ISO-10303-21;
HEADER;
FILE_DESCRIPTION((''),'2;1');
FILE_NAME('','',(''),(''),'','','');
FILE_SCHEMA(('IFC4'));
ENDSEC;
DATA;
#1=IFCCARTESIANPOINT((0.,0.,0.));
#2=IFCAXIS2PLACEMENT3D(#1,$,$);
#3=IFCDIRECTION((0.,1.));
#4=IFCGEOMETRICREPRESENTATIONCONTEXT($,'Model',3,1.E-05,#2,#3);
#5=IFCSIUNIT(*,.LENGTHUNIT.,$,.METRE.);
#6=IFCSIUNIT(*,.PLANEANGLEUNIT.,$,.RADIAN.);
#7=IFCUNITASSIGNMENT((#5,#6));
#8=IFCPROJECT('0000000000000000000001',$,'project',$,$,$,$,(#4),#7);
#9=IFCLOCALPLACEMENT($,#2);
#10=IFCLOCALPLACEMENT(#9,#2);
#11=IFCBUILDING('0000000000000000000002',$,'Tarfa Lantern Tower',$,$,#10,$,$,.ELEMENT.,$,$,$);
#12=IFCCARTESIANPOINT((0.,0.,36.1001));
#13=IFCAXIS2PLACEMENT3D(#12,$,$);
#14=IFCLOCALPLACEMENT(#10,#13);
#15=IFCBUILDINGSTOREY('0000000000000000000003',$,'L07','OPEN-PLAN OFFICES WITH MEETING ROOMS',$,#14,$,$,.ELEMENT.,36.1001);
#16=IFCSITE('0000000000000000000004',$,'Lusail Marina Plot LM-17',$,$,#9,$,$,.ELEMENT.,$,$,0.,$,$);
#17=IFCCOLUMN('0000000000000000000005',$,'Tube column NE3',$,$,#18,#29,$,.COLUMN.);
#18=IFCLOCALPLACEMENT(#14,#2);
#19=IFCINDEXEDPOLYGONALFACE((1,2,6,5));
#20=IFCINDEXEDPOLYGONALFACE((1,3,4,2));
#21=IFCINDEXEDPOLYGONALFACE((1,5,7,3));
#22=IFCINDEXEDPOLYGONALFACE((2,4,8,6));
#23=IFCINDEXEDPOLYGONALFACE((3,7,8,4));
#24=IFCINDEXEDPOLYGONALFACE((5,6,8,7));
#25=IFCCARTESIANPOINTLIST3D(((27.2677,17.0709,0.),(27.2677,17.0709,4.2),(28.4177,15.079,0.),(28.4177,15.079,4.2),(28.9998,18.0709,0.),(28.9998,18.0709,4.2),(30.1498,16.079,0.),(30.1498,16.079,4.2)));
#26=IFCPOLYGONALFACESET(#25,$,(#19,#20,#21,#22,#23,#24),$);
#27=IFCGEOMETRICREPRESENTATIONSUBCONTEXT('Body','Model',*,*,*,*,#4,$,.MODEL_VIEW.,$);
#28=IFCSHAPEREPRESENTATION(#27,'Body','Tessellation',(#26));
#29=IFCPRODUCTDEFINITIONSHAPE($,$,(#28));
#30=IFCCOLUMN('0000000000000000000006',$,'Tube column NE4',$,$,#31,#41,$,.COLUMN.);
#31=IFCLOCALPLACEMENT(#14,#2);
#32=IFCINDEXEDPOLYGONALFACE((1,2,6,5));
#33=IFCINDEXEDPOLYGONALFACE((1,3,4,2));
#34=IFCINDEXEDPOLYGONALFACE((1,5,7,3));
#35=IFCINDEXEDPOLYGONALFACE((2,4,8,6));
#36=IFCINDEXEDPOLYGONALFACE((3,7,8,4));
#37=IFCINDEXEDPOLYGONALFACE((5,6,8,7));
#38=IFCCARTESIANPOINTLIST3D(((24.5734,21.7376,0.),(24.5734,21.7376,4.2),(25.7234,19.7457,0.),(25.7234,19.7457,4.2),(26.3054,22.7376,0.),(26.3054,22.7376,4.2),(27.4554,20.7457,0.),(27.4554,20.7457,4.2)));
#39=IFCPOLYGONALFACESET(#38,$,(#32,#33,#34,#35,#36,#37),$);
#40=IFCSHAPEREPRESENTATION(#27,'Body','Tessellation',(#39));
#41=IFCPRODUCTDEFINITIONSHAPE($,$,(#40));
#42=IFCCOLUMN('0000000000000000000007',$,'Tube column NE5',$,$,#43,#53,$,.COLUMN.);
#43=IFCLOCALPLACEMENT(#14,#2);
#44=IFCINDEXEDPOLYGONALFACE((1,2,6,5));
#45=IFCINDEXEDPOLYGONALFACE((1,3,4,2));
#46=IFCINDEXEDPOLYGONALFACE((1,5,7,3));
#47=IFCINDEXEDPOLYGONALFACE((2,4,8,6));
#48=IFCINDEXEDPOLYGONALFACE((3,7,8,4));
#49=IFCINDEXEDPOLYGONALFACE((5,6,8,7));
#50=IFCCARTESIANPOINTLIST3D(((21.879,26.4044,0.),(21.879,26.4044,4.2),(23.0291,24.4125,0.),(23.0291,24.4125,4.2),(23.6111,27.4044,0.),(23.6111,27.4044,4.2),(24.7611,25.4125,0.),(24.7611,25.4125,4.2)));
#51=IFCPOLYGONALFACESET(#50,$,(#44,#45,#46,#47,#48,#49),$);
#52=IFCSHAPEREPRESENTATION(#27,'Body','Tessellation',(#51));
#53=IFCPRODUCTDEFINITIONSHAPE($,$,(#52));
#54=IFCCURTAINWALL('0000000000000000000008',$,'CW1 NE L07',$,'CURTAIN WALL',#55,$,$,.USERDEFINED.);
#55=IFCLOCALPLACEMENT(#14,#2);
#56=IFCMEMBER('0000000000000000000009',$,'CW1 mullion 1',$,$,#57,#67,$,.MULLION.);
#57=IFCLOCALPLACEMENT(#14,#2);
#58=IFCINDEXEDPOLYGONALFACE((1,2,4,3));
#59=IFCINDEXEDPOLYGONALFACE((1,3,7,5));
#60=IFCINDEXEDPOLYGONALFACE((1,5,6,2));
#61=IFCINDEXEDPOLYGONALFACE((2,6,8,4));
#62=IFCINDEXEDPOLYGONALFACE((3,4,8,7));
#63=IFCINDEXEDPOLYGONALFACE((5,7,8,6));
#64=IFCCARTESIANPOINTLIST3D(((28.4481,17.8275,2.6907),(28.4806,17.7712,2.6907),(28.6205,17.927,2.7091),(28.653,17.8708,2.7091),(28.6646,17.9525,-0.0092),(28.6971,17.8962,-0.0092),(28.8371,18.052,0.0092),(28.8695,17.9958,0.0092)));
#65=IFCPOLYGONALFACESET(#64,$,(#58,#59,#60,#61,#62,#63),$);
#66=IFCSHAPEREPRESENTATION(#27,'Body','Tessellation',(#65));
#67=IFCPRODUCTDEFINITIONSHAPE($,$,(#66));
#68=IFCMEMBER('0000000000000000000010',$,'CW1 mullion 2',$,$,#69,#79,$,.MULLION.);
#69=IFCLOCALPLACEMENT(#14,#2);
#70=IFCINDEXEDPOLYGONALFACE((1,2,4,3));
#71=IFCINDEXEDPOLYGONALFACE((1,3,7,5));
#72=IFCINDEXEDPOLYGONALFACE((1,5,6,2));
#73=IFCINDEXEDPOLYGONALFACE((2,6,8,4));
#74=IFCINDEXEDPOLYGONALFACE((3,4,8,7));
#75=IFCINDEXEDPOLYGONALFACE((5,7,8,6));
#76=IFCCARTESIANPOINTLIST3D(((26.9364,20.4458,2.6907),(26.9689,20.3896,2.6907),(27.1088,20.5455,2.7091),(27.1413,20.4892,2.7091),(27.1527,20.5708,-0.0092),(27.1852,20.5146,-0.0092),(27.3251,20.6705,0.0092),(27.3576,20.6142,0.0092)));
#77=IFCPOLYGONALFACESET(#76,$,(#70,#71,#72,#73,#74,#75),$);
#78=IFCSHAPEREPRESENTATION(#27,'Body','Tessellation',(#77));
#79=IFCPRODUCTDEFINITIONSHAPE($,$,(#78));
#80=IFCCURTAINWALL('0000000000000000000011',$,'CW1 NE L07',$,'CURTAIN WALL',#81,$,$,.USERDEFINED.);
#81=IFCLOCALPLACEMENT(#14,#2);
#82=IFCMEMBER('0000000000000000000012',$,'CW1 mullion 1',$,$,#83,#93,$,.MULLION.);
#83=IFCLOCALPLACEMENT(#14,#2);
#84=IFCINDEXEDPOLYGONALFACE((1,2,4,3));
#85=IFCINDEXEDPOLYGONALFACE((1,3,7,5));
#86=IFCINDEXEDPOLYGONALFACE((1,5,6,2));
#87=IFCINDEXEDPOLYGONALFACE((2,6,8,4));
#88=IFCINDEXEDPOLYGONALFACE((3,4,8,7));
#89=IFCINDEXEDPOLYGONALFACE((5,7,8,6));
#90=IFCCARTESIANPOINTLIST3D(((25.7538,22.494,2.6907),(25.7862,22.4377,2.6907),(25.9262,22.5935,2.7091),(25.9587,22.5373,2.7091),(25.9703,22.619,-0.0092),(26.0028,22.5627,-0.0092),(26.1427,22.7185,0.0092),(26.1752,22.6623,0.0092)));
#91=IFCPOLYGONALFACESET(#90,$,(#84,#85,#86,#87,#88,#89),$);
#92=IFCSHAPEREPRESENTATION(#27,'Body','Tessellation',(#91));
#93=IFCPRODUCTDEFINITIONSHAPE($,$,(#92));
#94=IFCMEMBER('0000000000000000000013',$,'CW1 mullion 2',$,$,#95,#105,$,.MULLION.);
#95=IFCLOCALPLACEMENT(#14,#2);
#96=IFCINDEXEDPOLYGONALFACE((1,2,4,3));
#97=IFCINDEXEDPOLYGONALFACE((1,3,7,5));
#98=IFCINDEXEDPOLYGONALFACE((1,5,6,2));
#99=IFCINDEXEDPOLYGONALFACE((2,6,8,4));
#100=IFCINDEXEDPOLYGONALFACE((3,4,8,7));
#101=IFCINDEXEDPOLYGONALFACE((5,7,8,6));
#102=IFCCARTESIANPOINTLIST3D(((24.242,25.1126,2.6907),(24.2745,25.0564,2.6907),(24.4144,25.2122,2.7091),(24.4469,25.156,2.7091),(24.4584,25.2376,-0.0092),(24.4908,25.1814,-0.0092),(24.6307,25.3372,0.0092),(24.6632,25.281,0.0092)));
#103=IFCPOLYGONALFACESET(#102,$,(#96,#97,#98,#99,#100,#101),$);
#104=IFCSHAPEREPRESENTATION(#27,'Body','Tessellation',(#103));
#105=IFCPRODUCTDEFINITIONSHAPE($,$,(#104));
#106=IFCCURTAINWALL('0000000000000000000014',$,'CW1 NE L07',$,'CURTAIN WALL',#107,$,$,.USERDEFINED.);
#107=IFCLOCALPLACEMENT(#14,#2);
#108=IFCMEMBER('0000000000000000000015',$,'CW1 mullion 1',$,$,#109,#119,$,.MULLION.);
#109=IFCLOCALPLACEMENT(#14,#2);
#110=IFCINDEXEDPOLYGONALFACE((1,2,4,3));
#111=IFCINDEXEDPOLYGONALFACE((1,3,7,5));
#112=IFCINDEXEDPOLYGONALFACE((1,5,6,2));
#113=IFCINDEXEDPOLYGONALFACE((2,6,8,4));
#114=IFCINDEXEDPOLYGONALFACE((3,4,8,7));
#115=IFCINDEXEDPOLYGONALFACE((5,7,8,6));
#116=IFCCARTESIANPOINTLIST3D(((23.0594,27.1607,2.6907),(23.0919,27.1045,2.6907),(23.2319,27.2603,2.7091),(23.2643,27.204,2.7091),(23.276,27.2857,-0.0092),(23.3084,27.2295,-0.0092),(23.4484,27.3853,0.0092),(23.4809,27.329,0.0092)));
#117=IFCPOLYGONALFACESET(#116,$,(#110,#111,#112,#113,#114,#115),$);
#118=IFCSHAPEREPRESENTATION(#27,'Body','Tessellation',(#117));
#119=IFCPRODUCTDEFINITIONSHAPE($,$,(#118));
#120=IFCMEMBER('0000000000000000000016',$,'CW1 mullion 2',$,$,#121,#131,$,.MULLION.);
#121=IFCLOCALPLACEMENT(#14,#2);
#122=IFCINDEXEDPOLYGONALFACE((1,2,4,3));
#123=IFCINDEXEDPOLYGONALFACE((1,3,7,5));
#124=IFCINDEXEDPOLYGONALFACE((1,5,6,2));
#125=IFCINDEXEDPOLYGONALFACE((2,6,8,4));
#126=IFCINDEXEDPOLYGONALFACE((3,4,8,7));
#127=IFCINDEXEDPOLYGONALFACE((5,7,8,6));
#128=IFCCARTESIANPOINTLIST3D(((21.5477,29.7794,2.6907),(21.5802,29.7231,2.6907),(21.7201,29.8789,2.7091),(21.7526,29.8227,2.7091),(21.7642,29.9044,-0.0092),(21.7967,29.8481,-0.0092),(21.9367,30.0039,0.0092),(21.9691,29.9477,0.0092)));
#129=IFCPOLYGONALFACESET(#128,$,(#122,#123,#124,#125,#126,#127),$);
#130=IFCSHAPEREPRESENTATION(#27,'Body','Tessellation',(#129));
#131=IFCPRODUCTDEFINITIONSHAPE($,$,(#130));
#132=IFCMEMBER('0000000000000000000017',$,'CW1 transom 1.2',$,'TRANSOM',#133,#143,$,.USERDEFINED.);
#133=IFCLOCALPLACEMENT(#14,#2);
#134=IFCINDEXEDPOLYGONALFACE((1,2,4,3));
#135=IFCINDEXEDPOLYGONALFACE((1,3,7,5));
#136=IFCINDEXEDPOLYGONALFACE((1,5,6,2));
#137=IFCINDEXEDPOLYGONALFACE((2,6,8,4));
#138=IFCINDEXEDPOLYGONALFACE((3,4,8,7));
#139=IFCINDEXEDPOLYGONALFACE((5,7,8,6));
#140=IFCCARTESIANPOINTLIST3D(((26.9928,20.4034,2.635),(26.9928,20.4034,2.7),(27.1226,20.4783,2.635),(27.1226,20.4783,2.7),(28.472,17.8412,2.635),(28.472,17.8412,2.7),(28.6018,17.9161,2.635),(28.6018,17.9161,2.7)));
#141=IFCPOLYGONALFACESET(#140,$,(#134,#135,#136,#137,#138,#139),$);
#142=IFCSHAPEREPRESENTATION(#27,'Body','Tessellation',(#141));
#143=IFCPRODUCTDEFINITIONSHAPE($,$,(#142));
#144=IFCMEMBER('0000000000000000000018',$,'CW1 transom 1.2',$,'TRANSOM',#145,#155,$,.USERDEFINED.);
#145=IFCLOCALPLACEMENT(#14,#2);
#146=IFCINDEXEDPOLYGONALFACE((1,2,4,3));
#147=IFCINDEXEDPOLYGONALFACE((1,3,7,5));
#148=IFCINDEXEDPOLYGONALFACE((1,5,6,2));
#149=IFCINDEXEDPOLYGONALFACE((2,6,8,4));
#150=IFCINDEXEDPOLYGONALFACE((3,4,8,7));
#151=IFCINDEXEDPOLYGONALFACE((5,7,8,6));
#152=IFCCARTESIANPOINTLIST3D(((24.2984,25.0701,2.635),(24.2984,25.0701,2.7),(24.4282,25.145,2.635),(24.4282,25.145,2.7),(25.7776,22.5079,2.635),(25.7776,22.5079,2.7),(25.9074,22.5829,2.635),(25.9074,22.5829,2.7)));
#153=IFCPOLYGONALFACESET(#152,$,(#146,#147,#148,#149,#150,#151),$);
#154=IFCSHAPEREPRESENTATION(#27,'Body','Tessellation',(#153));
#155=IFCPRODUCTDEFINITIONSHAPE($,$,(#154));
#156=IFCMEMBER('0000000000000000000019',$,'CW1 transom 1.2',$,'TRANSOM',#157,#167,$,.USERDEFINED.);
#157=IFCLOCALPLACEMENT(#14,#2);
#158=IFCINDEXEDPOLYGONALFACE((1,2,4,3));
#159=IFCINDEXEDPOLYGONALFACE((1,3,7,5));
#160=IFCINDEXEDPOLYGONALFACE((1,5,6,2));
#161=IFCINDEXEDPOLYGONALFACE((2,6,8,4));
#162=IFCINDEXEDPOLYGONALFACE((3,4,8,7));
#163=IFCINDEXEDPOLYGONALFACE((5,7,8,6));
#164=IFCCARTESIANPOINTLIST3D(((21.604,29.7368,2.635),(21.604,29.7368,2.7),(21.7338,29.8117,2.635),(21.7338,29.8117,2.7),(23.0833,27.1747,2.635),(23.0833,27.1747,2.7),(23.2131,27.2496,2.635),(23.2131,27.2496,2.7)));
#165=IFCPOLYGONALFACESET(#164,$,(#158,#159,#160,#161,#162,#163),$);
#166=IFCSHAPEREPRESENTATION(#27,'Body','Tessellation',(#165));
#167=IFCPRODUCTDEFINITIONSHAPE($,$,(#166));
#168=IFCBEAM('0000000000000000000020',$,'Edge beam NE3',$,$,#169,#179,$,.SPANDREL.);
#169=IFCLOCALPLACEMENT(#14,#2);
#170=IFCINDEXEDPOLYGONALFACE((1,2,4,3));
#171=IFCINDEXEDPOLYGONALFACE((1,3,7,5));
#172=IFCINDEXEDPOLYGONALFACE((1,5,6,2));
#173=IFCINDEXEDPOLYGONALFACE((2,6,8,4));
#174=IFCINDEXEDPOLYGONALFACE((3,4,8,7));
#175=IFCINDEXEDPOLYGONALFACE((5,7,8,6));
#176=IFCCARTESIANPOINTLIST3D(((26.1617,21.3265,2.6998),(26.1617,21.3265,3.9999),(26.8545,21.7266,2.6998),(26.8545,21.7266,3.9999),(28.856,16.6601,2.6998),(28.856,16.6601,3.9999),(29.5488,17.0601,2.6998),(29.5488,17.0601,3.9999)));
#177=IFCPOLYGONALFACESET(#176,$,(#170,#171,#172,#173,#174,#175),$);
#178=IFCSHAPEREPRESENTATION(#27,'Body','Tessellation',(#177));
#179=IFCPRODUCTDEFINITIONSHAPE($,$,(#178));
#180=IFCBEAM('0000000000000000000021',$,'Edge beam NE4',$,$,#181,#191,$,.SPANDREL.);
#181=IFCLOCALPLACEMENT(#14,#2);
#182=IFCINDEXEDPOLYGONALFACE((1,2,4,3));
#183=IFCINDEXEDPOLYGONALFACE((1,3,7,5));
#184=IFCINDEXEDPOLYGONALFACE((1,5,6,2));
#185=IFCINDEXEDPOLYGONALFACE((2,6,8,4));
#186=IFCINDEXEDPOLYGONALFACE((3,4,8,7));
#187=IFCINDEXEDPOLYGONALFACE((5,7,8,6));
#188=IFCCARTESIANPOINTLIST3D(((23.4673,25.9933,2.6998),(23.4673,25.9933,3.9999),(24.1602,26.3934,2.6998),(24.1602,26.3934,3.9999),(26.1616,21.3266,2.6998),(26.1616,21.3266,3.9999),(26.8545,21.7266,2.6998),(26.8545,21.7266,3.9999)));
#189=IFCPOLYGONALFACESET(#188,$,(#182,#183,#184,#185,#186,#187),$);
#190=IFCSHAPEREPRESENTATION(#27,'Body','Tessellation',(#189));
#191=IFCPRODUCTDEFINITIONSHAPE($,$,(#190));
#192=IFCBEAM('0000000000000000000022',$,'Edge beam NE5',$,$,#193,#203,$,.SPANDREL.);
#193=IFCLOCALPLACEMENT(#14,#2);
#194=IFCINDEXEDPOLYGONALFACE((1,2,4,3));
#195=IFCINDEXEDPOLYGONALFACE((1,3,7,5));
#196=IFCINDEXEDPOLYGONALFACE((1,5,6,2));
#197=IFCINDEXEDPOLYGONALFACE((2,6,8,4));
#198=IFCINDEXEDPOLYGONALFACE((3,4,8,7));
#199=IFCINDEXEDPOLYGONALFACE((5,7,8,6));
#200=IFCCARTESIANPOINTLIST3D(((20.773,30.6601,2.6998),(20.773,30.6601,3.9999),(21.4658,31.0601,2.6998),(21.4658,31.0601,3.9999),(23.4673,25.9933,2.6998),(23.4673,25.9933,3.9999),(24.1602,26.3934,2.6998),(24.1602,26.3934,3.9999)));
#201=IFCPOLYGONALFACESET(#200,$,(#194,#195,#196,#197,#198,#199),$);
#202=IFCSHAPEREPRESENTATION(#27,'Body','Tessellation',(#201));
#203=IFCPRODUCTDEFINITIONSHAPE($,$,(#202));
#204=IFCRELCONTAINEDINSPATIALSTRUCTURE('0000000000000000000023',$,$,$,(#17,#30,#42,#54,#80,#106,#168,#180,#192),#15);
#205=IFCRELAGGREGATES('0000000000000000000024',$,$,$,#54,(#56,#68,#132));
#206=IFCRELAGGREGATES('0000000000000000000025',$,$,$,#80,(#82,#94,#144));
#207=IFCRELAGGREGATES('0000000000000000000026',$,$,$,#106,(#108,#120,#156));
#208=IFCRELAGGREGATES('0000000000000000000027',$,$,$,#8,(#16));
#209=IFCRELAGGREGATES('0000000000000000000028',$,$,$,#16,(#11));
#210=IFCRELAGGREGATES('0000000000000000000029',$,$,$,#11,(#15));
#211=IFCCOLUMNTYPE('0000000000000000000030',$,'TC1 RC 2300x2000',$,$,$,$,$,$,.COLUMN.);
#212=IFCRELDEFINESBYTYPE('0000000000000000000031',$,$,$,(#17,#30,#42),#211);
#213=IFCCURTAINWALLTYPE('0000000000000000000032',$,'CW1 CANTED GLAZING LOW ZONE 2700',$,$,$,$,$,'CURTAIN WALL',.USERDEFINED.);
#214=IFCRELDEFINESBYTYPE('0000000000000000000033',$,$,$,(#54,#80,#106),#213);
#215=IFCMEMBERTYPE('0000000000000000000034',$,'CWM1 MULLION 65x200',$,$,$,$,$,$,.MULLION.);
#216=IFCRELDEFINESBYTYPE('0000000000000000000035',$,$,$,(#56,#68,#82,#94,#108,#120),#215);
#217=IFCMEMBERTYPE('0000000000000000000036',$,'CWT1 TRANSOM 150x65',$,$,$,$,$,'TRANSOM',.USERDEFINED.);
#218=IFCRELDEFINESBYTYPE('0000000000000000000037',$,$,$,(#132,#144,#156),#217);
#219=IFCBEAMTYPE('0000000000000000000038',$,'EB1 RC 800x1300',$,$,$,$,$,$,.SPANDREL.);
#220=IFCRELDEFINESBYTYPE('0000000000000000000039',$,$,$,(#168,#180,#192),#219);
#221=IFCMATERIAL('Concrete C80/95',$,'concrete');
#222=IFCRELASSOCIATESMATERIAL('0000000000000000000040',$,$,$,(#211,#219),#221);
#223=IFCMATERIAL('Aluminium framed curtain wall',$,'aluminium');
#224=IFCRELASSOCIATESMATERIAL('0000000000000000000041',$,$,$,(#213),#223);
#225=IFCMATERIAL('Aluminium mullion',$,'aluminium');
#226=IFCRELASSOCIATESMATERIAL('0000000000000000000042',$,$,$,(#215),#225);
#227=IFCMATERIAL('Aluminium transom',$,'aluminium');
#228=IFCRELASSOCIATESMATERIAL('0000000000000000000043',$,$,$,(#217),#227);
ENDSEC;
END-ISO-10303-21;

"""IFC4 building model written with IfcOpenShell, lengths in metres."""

from ifc_helpers import new_model, si_unit, direction, frame, origin, origin_2d, place, context, subcontext, project, spatial, rectangle, extrude, material, material_profile, profile_set, type_object, element, aggregate, save


model = new_model("IFC4")

# Units and contexts
model_context = context("Model", 3, precision=1e-05, world=origin(), true_north=direction((0.0, 1.0)))
body_context = subcontext(model_context, "Body", "Model", "MODEL_VIEW")
ifc_project = project(units=[si_unit("LENGTHUNIT", "METRE"), si_unit("PLANEANGLEUNIT", "RADIAN")], contexts=[model_context])

# Site, building, storey
site_placement = place(None, origin())
site = spatial("IfcSite", under=ifc_project, at=site_placement, Name="Lusail Marina Plot LM-17", CompositionType="ELEMENT", RefElevation=0.0)
building_placement = place(site_placement, origin())
building = spatial("IfcBuilding", under=site, at=building_placement, Name="Tarfa Lantern Tower", CompositionType="ELEMENT")
storey_placement = place(building_placement, frame((0.0, 0.0, 36.1001)))
storey = spatial("IfcBuildingStorey", under=building, at=storey_placement, Name="L07", Description="OPEN-PLAN OFFICES WITH MEETING ROOMS", CompositionType="ELEMENT", Elevation=36.1001)

# Columns
ifc_material_1 = material(Name="Concrete C80/95", Category="concrete")
ifc_material_profile_1 = material_profile(ifc_material_1, rectangle(XDim=2.3, YDim=2.0, at=origin_2d()), Name="RC 2300x2000")
ifc_profile_set_1 = profile_set([ifc_material_profile_1], Name="Concrete C80/95")
column_type = type_object("IfcColumnType", Name="TC1 RC 2300x2000", PredefinedType="COLUMN", material=ifc_profile_set_1)
for number, where, z_axis, x_axis, name in (
    (1, (28.7087, 16.575, 0.0), (0.0, 0.0, 1.0), (-0.5, 0.866025, 0.0), "Tube column NE3"),
    (2, (26.0144, 21.2417, 0.0), (0.0, 0.0, 1.0), (-0.5, 0.866025, 0.0), "Tube column NE4"),
    (3, (23.3201, 25.9084, 0.0), (0.0, 0.0, 1.0), (-0.5, 0.866025, 0.0), "Tube column NE5"),
):
    element("IfcColumn", number, at=place(storey_placement, frame(where, z_axis=z_axis, x_axis=x_axis)), inside=storey, type_object=column_type, Name=name, PredefinedType="COLUMN", context=body_context, shape_type="SweptSolid", body=[
        extrude(rectangle(XDim=2.3, YDim=2.0, at=origin_2d()), origin(), (0.0, 0.0, 1.0), 4.2),
    ])

# Curtain walls, members
ifc_material_2 = material(Name="Aluminium framed curtain wall", Category="aluminium")
curtain_wall_type = type_object("IfcCurtainWallType", Name="CW1 CANTED GLAZING LOW ZONE 2700", ElementType="CURTAIN WALL", PredefinedType="USERDEFINED", material=ifc_material_2)
curtain_wall_1_placement = place(storey_placement, origin())
curtain_wall_1 = element("IfcCurtainWall", 4, at=curtain_wall_1_placement, inside=storey, type_object=curtain_wall_type, Name="CW1 NE L07", ObjectType="CURTAIN WALL", PredefinedType="USERDEFINED")
ifc_material_3 = material(Name="Aluminium mullion", Category="aluminium")
ifc_material_profile_2 = material_profile(ifc_material_3, rectangle(XDim=0.0649, YDim=0.2, at=origin_2d()), Name="AL MULLION 65x200")
ifc_profile_set_2 = profile_set([ifc_material_profile_2], Name="Aluminium mullion")
member_type_1 = type_object("IfcMemberType", Name="CWM1 MULLION 65x200", PredefinedType="MULLION", material=ifc_profile_set_2)
member_1_placement = place(storey_placement, frame((28.7671, 17.9741, 0.0), z_axis=(-0.079864, -0.0461, 0.995739), x_axis=(0.49992, -0.866072, 0.0)))
member_1 = element("IfcMember", 5, at=member_1_placement, type_object=member_type_1, Name="CW1 mullion 1", PredefinedType="MULLION", context=body_context, shape_type="SweptSolid", body=[
    extrude(rectangle(XDim=0.0649, YDim=0.2, at=origin_2d()), origin(), (0.0, 0.0, 1.0), 2.7114),
])
member_2_placement = place(storey_placement, frame((27.2551, 20.5925, 0.0), z_axis=(-0.079775, -0.0461, 0.995746), x_axis=(0.500343, -0.865827, 0.0)))
member_2 = element("IfcMember", 6, at=member_2_placement, type_object=member_type_1, Name="CW1 mullion 2", PredefinedType="MULLION", context=body_context, shape_type="SweptSolid", body=[
    extrude(rectangle(XDim=0.0649, YDim=0.2, at=origin_2d()), origin(), (0.0, 0.0, 1.0), 2.7114),
])
curtain_wall_2_placement = place(storey_placement, origin())
curtain_wall_2 = element("IfcCurtainWall", 7, at=curtain_wall_2_placement, inside=storey, type_object=curtain_wall_type, Name="CW1 NE L07", ObjectType="CURTAIN WALL", PredefinedType="USERDEFINED")
member_3_placement = place(storey_placement, frame((26.0728, 22.6406, 0.0), z_axis=(-0.079864, -0.0461, 0.995739), x_axis=(0.49992, -0.866072, 0.0)))
member_3 = element("IfcMember", 8, at=member_3_placement, type_object=member_type_1, Name="CW1 mullion 1", PredefinedType="MULLION", context=body_context, shape_type="SweptSolid", body=[
    extrude(rectangle(XDim=0.0649, YDim=0.2, at=origin_2d()), origin(), (0.0, 0.0, 1.0), 2.7114),
])
member_4_placement = place(storey_placement, frame((24.5608, 25.2593, 0.0), z_axis=(-0.079775, -0.0461, 0.995746), x_axis=(0.500343, -0.865827, 0.0)))
member_4 = element("IfcMember", 9, at=member_4_placement, type_object=member_type_1, Name="CW1 mullion 2", PredefinedType="MULLION", context=body_context, shape_type="SweptSolid", body=[
    extrude(rectangle(XDim=0.0649, YDim=0.2, at=origin_2d()), origin(), (0.0, 0.0, 1.0), 2.7114),
])
curtain_wall_3_placement = place(storey_placement, origin())
curtain_wall_3 = element("IfcCurtainWall", 10, at=curtain_wall_3_placement, inside=storey, type_object=curtain_wall_type, Name="CW1 NE L07", ObjectType="CURTAIN WALL", PredefinedType="USERDEFINED")
member_5_placement = place(storey_placement, frame((23.3784, 27.3074, 0.0), z_axis=(-0.079864, -0.0461, 0.995739), x_axis=(0.49992, -0.866072, 0.0)))
member_5 = element("IfcMember", 11, at=member_5_placement, type_object=member_type_1, Name="CW1 mullion 1", PredefinedType="MULLION", context=body_context, shape_type="SweptSolid", body=[
    extrude(rectangle(XDim=0.0649, YDim=0.2, at=origin_2d()), origin(), (0.0, 0.0, 1.0), 2.7114),
])
member_6_placement = place(storey_placement, frame((21.8667, 29.926, 0.0), z_axis=(-0.079864, -0.0461, 0.995739), x_axis=(0.49992, -0.866072, 0.0)))
member_6 = element("IfcMember", 12, at=member_6_placement, type_object=member_type_1, Name="CW1 mullion 2", PredefinedType="MULLION", context=body_context, shape_type="SweptSolid", body=[
    extrude(rectangle(XDim=0.0649, YDim=0.2, at=origin_2d()), origin(), (0.0, 0.0, 1.0), 2.7114),
])

# Members
ifc_material_4 = material(Name="Aluminium transom", Category="aluminium")
ifc_material_profile_3 = material_profile(ifc_material_4, rectangle(XDim=0.1499, YDim=0.0649, at=origin_2d()), Name="AL TRANSOM 150x65")
ifc_profile_set_3 = profile_set([ifc_material_profile_3], Name="Aluminium transom")
member_type_2 = type_object("IfcMemberType", Name="CWT1 TRANSOM 150x65", ElementType="TRANSOM", PredefinedType="USERDEFINED", material=ifc_profile_set_3)
member_7_placement = place(storey_placement, frame((28.5369, 17.8787, 2.6675), z_axis=(-0.499982, 0.866036, 0.0), x_axis=(-0.866036, -0.499982, 0.0)))
member_7 = element("IfcMember", 13, at=member_7_placement, type_object=member_type_2, Name="CW1 transom 1.2", ObjectType="TRANSOM", PredefinedType="USERDEFINED", context=body_context, shape_type="SweptSolid", body=[
    extrude(rectangle(XDim=0.1499, YDim=0.0649, at=origin_2d()), origin(), (0.0, 0.0, 1.0), 2.9585),
])
member_8_placement = place(storey_placement, frame((25.8425, 22.5454, 2.6675), z_axis=(-0.499982, 0.866036, 0.0), x_axis=(-0.866036, -0.499982, 0.0)))
member_8 = element("IfcMember", 14, at=member_8_placement, type_object=member_type_2, Name="CW1 transom 1.2", ObjectType="TRANSOM", PredefinedType="USERDEFINED", context=body_context, shape_type="SweptSolid", body=[
    extrude(rectangle(XDim=0.1499, YDim=0.0649, at=origin_2d()), origin(), (0.0, 0.0, 1.0), 2.9585),
])
member_9_placement = place(storey_placement, frame((23.1482, 27.2122, 2.6675), z_axis=(-0.500018, 0.866015, 0.0), x_axis=(-0.866015, -0.500018, 0.0)))
member_9 = element("IfcMember", 15, at=member_9_placement, type_object=member_type_2, Name="CW1 transom 1.2", ObjectType="TRANSOM", PredefinedType="USERDEFINED", context=body_context, shape_type="SweptSolid", body=[
    extrude(rectangle(XDim=0.1499, YDim=0.0649, at=origin_2d()), origin(), (0.0, 0.0, 1.0), 2.9585),
])

# Beams
ifc_material_profile_4 = material_profile(ifc_material_1, rectangle(XDim=0.8, YDim=1.3, at=origin_2d()), Name="RC 800x1300")
ifc_profile_set_4 = profile_set([ifc_material_profile_4], Name="Concrete C80/95")
beam_type_1 = type_object("IfcBeamType", Name="EB1 RC 800x1300", PredefinedType="SPANDREL", material=ifc_profile_set_4)
beam_1_placement = place(storey_placement, frame((29.2024, 16.8601, 3.3499), z_axis=(-0.500018, 0.866015, 0.0), x_axis=(-0.866015, -0.500018, 0.0)))
element("IfcBeam", 16, at=beam_1_placement, inside=storey, type_object=beam_type_1, Name="Edge beam NE3", PredefinedType="SPANDREL", context=body_context, shape_type="SweptSolid", body=[
    extrude(rectangle(XDim=0.8, YDim=1.3, at=origin_2d()), origin(), (0.0, 0.0, 1.0), 5.3884),
])
for number, where, z_axis, x_axis, name in (
    (17, (26.5081, 21.5266, 3.3499), (-0.499998, 0.866026, 0.0), (-0.866026, -0.499998, 0.0), "Edge beam NE4"),
    (18, (23.8137, 26.1934, 3.3499), (-0.499998, 0.866026, 0.0), (-0.866026, -0.499998, 0.0), "Edge beam NE5"),
):
    element("IfcBeam", number, at=place(storey_placement, frame(where, z_axis=z_axis, x_axis=x_axis)), inside=storey, type_object=beam_type_1, Name=name, PredefinedType="SPANDREL", context=body_context, shape_type="SweptSolid", body=[
        extrude(rectangle(XDim=0.8, YDim=1.3, at=origin_2d()), origin(), (0.0, 0.0, 1.0), 5.3887),
    ])

aggregate(curtain_wall_1, [member_1, member_2, member_7])
aggregate(curtain_wall_2, [member_3, member_4, member_8])
aggregate(curtain_wall_3, [member_5, member_6, member_9])

save(model, "model.ifc")
